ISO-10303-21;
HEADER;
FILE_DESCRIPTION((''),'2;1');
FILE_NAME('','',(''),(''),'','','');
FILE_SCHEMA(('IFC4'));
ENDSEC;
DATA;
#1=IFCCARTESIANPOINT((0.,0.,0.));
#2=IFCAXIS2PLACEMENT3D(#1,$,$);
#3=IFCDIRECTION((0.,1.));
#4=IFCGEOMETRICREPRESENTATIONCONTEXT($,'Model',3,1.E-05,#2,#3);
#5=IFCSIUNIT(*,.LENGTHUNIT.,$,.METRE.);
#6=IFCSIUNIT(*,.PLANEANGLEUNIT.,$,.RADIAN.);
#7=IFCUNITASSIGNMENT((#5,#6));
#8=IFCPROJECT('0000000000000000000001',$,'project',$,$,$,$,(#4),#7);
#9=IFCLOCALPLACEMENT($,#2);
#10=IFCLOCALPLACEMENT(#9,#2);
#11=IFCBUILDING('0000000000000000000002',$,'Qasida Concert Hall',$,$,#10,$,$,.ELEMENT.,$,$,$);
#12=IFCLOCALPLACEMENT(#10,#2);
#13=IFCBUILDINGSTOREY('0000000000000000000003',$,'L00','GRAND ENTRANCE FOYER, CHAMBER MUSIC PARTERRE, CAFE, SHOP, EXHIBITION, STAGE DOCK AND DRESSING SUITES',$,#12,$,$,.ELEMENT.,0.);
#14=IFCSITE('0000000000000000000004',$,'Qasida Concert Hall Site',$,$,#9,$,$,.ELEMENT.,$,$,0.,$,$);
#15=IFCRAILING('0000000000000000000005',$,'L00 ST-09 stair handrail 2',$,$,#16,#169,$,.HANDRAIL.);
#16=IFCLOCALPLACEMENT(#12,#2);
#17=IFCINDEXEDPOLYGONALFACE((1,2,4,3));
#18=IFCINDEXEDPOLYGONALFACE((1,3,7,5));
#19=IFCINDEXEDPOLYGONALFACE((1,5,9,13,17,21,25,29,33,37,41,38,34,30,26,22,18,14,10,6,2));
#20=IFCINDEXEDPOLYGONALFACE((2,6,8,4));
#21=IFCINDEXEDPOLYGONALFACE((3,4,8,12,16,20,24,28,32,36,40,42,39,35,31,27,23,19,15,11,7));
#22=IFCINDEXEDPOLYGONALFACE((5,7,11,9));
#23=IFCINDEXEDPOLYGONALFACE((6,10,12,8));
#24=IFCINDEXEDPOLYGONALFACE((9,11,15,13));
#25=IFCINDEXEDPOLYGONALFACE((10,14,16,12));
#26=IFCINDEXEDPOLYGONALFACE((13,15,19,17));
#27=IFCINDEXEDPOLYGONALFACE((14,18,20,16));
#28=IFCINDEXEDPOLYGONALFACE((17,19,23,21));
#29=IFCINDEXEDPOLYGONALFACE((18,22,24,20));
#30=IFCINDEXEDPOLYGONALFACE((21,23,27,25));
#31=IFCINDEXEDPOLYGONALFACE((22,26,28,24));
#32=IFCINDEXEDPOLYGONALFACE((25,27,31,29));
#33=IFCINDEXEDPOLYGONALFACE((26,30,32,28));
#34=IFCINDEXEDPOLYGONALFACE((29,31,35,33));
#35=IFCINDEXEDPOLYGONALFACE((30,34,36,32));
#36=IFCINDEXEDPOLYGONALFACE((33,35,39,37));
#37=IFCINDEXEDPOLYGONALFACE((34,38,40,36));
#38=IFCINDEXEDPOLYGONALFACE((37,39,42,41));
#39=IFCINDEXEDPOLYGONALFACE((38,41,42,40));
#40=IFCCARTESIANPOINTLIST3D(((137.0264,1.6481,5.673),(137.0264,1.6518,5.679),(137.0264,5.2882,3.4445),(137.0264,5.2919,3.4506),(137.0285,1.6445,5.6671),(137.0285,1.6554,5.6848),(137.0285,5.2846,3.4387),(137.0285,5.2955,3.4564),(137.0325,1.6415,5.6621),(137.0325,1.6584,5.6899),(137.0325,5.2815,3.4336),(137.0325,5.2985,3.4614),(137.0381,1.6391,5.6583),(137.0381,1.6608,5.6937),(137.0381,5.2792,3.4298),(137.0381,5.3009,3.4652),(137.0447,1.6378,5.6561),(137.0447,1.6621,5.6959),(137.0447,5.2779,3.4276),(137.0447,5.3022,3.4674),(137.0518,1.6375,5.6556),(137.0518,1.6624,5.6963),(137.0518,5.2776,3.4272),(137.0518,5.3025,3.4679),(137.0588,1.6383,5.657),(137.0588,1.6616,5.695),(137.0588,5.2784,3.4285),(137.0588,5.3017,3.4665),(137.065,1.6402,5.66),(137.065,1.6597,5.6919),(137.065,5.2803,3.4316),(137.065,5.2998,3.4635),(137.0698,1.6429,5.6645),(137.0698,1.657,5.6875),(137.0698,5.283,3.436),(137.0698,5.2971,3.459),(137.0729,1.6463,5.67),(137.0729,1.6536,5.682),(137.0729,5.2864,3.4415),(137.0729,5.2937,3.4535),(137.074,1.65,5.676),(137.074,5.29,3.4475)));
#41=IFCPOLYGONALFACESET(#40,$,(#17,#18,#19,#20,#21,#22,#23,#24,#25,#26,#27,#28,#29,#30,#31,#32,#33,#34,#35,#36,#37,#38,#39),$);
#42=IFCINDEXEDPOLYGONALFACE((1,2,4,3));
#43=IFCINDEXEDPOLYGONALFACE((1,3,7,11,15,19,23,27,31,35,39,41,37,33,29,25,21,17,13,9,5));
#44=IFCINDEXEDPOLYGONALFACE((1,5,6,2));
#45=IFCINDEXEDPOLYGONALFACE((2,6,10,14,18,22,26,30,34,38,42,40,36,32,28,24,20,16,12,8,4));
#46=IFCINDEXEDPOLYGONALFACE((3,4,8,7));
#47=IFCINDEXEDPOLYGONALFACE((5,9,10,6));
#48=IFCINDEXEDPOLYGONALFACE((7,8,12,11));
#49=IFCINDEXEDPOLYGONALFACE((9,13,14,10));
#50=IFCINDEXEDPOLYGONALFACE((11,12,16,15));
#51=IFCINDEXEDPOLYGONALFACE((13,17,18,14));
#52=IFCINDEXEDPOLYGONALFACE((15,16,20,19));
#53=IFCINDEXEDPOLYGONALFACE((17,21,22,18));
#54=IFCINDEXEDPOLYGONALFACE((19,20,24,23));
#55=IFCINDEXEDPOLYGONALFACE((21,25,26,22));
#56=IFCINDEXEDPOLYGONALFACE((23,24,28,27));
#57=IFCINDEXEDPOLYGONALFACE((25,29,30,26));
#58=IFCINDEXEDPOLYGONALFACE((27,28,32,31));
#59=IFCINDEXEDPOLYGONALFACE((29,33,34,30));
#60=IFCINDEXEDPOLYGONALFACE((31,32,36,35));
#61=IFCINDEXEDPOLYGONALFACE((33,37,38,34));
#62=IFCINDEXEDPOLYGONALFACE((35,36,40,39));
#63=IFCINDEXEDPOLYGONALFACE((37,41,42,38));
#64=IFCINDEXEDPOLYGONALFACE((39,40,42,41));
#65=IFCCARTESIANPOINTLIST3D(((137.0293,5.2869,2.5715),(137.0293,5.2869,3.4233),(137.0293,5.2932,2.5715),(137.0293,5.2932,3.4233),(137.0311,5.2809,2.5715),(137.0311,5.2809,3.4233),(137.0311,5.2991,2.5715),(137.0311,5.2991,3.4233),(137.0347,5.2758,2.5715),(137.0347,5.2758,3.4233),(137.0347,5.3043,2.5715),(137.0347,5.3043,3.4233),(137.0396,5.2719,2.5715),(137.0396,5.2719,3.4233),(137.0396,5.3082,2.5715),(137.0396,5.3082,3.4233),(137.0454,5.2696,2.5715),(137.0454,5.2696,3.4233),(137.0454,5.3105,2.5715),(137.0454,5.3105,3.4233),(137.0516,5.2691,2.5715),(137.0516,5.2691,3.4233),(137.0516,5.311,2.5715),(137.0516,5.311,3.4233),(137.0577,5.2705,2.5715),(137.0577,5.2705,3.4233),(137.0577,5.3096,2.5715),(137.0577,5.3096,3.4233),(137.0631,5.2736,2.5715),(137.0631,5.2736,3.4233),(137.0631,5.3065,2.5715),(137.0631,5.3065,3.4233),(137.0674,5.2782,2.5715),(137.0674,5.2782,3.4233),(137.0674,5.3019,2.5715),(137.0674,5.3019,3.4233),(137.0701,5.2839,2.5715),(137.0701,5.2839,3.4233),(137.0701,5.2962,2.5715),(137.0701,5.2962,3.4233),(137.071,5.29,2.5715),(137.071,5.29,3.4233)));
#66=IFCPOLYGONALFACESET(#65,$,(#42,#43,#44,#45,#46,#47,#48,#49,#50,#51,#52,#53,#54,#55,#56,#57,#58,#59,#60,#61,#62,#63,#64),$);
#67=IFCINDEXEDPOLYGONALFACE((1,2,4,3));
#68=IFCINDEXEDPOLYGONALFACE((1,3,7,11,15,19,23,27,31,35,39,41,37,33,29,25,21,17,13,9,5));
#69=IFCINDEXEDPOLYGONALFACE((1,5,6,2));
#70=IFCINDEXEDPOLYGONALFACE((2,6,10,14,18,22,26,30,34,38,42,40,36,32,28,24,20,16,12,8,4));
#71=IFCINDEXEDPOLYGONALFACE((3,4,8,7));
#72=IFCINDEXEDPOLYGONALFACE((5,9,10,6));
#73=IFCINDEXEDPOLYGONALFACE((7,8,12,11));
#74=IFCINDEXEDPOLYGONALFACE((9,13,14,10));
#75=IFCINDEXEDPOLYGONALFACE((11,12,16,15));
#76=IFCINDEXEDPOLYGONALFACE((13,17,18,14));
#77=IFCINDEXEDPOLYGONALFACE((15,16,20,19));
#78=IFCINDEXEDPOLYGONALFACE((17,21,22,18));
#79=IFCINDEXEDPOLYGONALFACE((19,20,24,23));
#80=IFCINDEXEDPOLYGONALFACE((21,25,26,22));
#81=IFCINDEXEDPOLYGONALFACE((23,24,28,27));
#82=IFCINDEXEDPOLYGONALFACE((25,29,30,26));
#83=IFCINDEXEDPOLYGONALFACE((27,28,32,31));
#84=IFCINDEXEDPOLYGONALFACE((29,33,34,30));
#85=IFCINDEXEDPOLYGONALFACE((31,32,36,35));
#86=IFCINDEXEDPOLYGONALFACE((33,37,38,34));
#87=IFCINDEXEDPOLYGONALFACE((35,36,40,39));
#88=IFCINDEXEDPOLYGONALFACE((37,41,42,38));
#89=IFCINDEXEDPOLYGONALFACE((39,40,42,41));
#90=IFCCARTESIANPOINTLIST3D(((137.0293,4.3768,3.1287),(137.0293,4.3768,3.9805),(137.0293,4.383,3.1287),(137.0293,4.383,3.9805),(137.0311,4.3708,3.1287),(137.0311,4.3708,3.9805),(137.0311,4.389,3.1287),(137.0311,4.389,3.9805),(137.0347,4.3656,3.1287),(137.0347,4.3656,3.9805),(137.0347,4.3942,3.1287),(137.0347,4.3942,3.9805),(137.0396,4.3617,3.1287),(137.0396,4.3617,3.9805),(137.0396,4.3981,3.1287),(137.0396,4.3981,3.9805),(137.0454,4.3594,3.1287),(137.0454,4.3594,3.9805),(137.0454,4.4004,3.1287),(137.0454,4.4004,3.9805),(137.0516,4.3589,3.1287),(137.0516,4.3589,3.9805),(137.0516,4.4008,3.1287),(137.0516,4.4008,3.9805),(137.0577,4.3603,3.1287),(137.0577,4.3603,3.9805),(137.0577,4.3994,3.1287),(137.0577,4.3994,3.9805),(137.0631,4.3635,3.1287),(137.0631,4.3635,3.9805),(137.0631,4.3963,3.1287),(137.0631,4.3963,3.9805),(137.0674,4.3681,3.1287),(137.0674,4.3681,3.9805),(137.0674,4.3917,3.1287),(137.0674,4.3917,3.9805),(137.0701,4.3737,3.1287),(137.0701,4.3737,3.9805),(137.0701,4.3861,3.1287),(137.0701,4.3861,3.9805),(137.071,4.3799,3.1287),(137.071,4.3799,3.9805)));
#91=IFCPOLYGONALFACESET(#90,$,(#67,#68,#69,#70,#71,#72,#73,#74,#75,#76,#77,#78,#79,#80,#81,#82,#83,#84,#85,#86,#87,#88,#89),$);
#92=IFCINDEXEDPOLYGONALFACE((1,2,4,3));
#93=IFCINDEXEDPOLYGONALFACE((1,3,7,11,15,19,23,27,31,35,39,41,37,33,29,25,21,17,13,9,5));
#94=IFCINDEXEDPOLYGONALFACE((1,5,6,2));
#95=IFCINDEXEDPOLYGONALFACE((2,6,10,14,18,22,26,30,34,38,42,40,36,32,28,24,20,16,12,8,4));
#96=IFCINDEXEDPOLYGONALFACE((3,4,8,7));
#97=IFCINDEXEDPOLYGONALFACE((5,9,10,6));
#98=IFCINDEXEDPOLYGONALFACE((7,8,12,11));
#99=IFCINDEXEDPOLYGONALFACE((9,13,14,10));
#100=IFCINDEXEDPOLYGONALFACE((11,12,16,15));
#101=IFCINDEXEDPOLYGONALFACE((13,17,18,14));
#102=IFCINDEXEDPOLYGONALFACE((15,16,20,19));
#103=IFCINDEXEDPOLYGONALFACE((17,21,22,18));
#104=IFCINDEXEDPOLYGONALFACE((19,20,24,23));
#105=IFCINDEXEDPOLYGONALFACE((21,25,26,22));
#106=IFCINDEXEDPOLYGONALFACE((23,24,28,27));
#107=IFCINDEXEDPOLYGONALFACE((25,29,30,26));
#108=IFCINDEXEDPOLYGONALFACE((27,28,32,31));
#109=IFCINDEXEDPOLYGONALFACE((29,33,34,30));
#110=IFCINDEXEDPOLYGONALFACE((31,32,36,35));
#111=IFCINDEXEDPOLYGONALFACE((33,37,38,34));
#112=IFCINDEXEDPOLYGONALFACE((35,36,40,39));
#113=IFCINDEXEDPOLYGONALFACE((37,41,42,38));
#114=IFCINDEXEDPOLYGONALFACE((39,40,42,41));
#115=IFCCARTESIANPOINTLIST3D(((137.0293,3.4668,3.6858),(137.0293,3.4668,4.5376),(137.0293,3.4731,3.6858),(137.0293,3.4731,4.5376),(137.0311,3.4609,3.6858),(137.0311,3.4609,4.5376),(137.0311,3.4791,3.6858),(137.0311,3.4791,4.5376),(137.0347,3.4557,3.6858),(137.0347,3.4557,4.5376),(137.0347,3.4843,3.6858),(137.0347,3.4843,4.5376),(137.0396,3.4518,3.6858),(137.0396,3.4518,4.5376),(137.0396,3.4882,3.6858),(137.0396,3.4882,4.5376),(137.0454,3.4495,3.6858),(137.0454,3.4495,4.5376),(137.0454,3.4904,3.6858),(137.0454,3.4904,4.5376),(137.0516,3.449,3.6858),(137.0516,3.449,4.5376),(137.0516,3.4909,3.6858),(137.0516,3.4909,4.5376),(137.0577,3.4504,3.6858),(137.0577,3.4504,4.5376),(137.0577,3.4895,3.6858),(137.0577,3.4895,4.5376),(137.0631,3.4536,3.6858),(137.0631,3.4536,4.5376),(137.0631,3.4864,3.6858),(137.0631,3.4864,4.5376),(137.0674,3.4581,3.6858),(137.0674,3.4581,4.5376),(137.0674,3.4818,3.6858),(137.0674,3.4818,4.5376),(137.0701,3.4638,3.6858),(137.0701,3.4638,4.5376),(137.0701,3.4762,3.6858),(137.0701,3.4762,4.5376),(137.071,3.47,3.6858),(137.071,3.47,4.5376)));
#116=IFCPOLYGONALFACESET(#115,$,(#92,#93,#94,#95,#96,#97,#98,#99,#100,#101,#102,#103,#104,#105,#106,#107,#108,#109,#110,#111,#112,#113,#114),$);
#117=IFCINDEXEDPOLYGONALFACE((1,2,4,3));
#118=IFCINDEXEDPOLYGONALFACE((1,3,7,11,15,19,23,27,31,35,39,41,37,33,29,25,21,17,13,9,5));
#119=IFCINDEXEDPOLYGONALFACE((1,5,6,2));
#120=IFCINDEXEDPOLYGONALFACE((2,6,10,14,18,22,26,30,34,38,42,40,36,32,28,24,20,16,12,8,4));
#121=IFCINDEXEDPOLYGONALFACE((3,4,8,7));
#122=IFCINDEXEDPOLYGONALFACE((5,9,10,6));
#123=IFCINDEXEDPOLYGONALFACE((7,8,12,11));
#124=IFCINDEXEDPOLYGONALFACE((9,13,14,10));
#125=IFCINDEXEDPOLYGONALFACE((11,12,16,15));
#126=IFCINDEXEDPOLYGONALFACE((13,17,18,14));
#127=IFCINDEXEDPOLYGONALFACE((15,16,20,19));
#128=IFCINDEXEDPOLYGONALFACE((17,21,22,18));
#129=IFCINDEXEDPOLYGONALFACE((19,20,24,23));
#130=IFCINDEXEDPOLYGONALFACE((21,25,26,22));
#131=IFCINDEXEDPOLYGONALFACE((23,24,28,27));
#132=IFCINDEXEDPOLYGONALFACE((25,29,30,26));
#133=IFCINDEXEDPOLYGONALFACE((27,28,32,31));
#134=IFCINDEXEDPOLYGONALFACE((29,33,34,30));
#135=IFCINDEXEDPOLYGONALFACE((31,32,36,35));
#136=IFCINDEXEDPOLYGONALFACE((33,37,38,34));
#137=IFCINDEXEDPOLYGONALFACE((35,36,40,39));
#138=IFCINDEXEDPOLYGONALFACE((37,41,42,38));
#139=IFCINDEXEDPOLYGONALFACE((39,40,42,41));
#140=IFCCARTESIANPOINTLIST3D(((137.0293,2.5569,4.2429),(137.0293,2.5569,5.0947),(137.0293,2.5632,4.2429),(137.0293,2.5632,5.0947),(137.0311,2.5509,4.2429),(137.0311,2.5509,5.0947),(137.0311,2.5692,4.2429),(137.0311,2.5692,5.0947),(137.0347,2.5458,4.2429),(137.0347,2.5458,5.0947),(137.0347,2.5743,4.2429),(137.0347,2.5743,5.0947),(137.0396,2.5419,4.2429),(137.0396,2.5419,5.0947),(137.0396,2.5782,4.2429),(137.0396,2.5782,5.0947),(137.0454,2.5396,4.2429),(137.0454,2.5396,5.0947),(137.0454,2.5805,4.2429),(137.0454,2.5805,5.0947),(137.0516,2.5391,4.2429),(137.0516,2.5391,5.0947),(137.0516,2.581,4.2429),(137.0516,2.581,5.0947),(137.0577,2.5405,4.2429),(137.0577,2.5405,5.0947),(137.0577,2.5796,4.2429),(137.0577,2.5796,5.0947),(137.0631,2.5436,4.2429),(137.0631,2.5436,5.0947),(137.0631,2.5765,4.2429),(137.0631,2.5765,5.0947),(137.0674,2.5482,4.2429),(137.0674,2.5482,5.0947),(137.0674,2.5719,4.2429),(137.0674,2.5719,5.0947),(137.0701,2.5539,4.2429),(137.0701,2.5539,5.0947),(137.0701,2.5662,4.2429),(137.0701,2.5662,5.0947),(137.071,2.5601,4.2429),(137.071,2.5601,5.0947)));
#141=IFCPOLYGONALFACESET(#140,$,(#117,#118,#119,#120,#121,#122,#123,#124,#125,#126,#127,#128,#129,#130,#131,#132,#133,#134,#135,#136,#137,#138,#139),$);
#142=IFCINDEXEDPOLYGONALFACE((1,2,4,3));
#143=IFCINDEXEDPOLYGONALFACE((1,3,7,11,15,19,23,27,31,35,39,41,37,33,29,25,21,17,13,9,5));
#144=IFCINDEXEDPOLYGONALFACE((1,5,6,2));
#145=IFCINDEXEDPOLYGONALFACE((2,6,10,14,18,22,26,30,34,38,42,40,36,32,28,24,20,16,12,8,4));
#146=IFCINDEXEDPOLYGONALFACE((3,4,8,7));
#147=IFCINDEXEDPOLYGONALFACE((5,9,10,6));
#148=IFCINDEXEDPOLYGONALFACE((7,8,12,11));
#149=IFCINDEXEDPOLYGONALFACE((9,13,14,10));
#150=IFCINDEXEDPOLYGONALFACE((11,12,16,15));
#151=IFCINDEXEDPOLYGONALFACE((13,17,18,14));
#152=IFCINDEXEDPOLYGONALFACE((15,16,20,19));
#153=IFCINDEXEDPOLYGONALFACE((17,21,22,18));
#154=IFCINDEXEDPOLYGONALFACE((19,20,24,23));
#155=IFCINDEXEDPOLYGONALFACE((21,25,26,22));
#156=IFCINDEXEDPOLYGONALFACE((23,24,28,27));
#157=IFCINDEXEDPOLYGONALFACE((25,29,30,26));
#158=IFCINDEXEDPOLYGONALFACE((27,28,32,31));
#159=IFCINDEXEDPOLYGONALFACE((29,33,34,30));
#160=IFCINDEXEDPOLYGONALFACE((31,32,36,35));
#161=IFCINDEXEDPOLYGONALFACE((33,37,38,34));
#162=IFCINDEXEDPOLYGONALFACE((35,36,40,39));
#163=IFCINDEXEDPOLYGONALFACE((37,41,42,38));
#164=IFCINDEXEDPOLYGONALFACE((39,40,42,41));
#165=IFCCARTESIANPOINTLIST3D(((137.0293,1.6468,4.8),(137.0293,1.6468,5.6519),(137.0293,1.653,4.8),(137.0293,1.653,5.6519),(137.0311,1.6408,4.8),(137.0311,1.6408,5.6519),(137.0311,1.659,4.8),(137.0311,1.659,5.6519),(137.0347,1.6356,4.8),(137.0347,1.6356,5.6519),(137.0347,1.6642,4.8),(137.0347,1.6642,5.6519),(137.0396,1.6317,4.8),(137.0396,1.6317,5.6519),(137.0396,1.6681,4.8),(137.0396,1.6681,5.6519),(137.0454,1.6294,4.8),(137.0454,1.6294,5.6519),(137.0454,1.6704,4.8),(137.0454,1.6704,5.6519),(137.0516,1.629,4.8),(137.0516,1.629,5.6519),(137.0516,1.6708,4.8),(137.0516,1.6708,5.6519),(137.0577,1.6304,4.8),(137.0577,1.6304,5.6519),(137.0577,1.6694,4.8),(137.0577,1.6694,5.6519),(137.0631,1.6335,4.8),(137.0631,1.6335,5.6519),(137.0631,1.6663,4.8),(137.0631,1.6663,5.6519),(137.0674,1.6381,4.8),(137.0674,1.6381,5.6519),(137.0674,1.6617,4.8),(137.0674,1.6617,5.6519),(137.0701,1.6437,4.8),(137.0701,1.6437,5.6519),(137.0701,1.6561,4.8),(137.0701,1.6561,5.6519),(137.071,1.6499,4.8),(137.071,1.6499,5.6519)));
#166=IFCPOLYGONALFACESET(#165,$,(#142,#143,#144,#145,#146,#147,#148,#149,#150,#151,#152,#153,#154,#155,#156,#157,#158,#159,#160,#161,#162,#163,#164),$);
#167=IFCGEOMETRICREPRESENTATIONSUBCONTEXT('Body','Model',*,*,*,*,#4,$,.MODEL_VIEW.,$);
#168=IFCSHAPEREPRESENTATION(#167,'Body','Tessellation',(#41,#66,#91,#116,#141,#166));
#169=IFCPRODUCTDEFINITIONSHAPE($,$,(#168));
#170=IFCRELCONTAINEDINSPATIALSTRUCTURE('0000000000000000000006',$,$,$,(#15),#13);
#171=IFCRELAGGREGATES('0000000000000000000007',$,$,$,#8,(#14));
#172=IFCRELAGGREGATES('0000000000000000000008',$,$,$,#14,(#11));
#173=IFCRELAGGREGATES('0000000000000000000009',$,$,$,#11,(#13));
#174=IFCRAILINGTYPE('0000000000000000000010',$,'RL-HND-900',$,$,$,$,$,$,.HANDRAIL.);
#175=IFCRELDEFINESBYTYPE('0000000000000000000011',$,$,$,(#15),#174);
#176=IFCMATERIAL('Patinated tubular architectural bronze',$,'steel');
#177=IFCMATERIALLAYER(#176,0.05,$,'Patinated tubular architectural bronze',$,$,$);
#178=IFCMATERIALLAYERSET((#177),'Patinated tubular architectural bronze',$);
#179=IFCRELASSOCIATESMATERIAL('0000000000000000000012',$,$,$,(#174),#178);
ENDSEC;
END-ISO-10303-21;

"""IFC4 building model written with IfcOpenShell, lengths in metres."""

from ifc_helpers import new_model, si_unit, direction, frame, origin, origin_2d, place, context, subcontext, project, spatial, circle, extrude, material, layer, layer_set, type_object, element, save


model = new_model("IFC4")

# Units and contexts
model_context = context("Model", 3, precision=1e-05, world=origin(), true_north=direction((0.0, 1.0)))
body_context = subcontext(model_context, "Body", "Model", "MODEL_VIEW")
ifc_project = project(units=[si_unit("LENGTHUNIT", "METRE"), si_unit("PLANEANGLEUNIT", "RADIAN")], contexts=[model_context])

# Site, building, storey
site_placement = place(None, origin())
site = spatial("IfcSite", under=ifc_project, at=site_placement, Name="Qasida Concert Hall Site", CompositionType="ELEMENT", RefElevation=0.0)
building_placement = place(site_placement, origin())
building = spatial("IfcBuilding", under=site, at=building_placement, Name="Qasida Concert Hall", CompositionType="ELEMENT")
storey_placement = place(building_placement, origin())
storey = spatial("IfcBuildingStorey", under=building, at=storey_placement, Name="L00", Description="GRAND ENTRANCE FOYER, CHAMBER MUSIC PARTERRE, CAFE, SHOP, EXHIBITION, STAGE DOCK AND DRESSING SUITES", CompositionType="ELEMENT", Elevation=0.0)

# Railing
ifc_material_1 = material(Name="Patinated tubular architectural bronze", Category="steel")
ifc_layer_1 = layer(ifc_material_1, 0.05, Name="Patinated tubular architectural bronze")
ifc_layer_set_1 = layer_set([ifc_layer_1], Name="Patinated tubular architectural bronze")
railing_type_1 = type_object("IfcRailingType", Name="RL-HND-900", PredefinedType="HANDRAIL", material=ifc_layer_set_1)
railing_1_placement = place(storey_placement, frame((137.05, 5.29, 2.5715)))
element("IfcRailing", 1, at=railing_1_placement, inside=storey, type_object=railing_type_1, Name="L00 ST-09 stair handrail 2", PredefinedType="HANDRAIL", context=body_context, shape_type="SweptSolid", body=[
    extrude(circle(Radius=0.0239, at=origin_2d()), frame((0.0, 0.0, 0.876), z_axis=(0.0, -0.852866, 0.52213), x_axis=(1.0, 0.0, 0.0)), (0.0, 0.0, 1.0), 4.2681),
    extrude(circle(Radius=0.021, at=origin_2d()), origin(), (0.0, 0.0, 1.0), 0.8518),
    extrude(circle(Radius=0.021, at=origin_2d()), frame((0.0, -0.9102, 0.5571)), (0.0, 0.0, 1.0), 0.8518),
    extrude(circle(Radius=0.021, at=origin_2d()), frame((0.0, -1.8201, 1.1143)), (0.0, 0.0, 1.0), 0.8518),
    extrude(circle(Radius=0.021, at=origin_2d()), frame((0.0, -2.73, 1.6714)), (0.0, 0.0, 1.0), 0.8518),
    extrude(circle(Radius=0.021, at=origin_2d()), frame((0.0, -3.6401, 2.2285)), (0.0, 0.0, 1.0), 0.8518),
])

save(model, "model.ifc")
